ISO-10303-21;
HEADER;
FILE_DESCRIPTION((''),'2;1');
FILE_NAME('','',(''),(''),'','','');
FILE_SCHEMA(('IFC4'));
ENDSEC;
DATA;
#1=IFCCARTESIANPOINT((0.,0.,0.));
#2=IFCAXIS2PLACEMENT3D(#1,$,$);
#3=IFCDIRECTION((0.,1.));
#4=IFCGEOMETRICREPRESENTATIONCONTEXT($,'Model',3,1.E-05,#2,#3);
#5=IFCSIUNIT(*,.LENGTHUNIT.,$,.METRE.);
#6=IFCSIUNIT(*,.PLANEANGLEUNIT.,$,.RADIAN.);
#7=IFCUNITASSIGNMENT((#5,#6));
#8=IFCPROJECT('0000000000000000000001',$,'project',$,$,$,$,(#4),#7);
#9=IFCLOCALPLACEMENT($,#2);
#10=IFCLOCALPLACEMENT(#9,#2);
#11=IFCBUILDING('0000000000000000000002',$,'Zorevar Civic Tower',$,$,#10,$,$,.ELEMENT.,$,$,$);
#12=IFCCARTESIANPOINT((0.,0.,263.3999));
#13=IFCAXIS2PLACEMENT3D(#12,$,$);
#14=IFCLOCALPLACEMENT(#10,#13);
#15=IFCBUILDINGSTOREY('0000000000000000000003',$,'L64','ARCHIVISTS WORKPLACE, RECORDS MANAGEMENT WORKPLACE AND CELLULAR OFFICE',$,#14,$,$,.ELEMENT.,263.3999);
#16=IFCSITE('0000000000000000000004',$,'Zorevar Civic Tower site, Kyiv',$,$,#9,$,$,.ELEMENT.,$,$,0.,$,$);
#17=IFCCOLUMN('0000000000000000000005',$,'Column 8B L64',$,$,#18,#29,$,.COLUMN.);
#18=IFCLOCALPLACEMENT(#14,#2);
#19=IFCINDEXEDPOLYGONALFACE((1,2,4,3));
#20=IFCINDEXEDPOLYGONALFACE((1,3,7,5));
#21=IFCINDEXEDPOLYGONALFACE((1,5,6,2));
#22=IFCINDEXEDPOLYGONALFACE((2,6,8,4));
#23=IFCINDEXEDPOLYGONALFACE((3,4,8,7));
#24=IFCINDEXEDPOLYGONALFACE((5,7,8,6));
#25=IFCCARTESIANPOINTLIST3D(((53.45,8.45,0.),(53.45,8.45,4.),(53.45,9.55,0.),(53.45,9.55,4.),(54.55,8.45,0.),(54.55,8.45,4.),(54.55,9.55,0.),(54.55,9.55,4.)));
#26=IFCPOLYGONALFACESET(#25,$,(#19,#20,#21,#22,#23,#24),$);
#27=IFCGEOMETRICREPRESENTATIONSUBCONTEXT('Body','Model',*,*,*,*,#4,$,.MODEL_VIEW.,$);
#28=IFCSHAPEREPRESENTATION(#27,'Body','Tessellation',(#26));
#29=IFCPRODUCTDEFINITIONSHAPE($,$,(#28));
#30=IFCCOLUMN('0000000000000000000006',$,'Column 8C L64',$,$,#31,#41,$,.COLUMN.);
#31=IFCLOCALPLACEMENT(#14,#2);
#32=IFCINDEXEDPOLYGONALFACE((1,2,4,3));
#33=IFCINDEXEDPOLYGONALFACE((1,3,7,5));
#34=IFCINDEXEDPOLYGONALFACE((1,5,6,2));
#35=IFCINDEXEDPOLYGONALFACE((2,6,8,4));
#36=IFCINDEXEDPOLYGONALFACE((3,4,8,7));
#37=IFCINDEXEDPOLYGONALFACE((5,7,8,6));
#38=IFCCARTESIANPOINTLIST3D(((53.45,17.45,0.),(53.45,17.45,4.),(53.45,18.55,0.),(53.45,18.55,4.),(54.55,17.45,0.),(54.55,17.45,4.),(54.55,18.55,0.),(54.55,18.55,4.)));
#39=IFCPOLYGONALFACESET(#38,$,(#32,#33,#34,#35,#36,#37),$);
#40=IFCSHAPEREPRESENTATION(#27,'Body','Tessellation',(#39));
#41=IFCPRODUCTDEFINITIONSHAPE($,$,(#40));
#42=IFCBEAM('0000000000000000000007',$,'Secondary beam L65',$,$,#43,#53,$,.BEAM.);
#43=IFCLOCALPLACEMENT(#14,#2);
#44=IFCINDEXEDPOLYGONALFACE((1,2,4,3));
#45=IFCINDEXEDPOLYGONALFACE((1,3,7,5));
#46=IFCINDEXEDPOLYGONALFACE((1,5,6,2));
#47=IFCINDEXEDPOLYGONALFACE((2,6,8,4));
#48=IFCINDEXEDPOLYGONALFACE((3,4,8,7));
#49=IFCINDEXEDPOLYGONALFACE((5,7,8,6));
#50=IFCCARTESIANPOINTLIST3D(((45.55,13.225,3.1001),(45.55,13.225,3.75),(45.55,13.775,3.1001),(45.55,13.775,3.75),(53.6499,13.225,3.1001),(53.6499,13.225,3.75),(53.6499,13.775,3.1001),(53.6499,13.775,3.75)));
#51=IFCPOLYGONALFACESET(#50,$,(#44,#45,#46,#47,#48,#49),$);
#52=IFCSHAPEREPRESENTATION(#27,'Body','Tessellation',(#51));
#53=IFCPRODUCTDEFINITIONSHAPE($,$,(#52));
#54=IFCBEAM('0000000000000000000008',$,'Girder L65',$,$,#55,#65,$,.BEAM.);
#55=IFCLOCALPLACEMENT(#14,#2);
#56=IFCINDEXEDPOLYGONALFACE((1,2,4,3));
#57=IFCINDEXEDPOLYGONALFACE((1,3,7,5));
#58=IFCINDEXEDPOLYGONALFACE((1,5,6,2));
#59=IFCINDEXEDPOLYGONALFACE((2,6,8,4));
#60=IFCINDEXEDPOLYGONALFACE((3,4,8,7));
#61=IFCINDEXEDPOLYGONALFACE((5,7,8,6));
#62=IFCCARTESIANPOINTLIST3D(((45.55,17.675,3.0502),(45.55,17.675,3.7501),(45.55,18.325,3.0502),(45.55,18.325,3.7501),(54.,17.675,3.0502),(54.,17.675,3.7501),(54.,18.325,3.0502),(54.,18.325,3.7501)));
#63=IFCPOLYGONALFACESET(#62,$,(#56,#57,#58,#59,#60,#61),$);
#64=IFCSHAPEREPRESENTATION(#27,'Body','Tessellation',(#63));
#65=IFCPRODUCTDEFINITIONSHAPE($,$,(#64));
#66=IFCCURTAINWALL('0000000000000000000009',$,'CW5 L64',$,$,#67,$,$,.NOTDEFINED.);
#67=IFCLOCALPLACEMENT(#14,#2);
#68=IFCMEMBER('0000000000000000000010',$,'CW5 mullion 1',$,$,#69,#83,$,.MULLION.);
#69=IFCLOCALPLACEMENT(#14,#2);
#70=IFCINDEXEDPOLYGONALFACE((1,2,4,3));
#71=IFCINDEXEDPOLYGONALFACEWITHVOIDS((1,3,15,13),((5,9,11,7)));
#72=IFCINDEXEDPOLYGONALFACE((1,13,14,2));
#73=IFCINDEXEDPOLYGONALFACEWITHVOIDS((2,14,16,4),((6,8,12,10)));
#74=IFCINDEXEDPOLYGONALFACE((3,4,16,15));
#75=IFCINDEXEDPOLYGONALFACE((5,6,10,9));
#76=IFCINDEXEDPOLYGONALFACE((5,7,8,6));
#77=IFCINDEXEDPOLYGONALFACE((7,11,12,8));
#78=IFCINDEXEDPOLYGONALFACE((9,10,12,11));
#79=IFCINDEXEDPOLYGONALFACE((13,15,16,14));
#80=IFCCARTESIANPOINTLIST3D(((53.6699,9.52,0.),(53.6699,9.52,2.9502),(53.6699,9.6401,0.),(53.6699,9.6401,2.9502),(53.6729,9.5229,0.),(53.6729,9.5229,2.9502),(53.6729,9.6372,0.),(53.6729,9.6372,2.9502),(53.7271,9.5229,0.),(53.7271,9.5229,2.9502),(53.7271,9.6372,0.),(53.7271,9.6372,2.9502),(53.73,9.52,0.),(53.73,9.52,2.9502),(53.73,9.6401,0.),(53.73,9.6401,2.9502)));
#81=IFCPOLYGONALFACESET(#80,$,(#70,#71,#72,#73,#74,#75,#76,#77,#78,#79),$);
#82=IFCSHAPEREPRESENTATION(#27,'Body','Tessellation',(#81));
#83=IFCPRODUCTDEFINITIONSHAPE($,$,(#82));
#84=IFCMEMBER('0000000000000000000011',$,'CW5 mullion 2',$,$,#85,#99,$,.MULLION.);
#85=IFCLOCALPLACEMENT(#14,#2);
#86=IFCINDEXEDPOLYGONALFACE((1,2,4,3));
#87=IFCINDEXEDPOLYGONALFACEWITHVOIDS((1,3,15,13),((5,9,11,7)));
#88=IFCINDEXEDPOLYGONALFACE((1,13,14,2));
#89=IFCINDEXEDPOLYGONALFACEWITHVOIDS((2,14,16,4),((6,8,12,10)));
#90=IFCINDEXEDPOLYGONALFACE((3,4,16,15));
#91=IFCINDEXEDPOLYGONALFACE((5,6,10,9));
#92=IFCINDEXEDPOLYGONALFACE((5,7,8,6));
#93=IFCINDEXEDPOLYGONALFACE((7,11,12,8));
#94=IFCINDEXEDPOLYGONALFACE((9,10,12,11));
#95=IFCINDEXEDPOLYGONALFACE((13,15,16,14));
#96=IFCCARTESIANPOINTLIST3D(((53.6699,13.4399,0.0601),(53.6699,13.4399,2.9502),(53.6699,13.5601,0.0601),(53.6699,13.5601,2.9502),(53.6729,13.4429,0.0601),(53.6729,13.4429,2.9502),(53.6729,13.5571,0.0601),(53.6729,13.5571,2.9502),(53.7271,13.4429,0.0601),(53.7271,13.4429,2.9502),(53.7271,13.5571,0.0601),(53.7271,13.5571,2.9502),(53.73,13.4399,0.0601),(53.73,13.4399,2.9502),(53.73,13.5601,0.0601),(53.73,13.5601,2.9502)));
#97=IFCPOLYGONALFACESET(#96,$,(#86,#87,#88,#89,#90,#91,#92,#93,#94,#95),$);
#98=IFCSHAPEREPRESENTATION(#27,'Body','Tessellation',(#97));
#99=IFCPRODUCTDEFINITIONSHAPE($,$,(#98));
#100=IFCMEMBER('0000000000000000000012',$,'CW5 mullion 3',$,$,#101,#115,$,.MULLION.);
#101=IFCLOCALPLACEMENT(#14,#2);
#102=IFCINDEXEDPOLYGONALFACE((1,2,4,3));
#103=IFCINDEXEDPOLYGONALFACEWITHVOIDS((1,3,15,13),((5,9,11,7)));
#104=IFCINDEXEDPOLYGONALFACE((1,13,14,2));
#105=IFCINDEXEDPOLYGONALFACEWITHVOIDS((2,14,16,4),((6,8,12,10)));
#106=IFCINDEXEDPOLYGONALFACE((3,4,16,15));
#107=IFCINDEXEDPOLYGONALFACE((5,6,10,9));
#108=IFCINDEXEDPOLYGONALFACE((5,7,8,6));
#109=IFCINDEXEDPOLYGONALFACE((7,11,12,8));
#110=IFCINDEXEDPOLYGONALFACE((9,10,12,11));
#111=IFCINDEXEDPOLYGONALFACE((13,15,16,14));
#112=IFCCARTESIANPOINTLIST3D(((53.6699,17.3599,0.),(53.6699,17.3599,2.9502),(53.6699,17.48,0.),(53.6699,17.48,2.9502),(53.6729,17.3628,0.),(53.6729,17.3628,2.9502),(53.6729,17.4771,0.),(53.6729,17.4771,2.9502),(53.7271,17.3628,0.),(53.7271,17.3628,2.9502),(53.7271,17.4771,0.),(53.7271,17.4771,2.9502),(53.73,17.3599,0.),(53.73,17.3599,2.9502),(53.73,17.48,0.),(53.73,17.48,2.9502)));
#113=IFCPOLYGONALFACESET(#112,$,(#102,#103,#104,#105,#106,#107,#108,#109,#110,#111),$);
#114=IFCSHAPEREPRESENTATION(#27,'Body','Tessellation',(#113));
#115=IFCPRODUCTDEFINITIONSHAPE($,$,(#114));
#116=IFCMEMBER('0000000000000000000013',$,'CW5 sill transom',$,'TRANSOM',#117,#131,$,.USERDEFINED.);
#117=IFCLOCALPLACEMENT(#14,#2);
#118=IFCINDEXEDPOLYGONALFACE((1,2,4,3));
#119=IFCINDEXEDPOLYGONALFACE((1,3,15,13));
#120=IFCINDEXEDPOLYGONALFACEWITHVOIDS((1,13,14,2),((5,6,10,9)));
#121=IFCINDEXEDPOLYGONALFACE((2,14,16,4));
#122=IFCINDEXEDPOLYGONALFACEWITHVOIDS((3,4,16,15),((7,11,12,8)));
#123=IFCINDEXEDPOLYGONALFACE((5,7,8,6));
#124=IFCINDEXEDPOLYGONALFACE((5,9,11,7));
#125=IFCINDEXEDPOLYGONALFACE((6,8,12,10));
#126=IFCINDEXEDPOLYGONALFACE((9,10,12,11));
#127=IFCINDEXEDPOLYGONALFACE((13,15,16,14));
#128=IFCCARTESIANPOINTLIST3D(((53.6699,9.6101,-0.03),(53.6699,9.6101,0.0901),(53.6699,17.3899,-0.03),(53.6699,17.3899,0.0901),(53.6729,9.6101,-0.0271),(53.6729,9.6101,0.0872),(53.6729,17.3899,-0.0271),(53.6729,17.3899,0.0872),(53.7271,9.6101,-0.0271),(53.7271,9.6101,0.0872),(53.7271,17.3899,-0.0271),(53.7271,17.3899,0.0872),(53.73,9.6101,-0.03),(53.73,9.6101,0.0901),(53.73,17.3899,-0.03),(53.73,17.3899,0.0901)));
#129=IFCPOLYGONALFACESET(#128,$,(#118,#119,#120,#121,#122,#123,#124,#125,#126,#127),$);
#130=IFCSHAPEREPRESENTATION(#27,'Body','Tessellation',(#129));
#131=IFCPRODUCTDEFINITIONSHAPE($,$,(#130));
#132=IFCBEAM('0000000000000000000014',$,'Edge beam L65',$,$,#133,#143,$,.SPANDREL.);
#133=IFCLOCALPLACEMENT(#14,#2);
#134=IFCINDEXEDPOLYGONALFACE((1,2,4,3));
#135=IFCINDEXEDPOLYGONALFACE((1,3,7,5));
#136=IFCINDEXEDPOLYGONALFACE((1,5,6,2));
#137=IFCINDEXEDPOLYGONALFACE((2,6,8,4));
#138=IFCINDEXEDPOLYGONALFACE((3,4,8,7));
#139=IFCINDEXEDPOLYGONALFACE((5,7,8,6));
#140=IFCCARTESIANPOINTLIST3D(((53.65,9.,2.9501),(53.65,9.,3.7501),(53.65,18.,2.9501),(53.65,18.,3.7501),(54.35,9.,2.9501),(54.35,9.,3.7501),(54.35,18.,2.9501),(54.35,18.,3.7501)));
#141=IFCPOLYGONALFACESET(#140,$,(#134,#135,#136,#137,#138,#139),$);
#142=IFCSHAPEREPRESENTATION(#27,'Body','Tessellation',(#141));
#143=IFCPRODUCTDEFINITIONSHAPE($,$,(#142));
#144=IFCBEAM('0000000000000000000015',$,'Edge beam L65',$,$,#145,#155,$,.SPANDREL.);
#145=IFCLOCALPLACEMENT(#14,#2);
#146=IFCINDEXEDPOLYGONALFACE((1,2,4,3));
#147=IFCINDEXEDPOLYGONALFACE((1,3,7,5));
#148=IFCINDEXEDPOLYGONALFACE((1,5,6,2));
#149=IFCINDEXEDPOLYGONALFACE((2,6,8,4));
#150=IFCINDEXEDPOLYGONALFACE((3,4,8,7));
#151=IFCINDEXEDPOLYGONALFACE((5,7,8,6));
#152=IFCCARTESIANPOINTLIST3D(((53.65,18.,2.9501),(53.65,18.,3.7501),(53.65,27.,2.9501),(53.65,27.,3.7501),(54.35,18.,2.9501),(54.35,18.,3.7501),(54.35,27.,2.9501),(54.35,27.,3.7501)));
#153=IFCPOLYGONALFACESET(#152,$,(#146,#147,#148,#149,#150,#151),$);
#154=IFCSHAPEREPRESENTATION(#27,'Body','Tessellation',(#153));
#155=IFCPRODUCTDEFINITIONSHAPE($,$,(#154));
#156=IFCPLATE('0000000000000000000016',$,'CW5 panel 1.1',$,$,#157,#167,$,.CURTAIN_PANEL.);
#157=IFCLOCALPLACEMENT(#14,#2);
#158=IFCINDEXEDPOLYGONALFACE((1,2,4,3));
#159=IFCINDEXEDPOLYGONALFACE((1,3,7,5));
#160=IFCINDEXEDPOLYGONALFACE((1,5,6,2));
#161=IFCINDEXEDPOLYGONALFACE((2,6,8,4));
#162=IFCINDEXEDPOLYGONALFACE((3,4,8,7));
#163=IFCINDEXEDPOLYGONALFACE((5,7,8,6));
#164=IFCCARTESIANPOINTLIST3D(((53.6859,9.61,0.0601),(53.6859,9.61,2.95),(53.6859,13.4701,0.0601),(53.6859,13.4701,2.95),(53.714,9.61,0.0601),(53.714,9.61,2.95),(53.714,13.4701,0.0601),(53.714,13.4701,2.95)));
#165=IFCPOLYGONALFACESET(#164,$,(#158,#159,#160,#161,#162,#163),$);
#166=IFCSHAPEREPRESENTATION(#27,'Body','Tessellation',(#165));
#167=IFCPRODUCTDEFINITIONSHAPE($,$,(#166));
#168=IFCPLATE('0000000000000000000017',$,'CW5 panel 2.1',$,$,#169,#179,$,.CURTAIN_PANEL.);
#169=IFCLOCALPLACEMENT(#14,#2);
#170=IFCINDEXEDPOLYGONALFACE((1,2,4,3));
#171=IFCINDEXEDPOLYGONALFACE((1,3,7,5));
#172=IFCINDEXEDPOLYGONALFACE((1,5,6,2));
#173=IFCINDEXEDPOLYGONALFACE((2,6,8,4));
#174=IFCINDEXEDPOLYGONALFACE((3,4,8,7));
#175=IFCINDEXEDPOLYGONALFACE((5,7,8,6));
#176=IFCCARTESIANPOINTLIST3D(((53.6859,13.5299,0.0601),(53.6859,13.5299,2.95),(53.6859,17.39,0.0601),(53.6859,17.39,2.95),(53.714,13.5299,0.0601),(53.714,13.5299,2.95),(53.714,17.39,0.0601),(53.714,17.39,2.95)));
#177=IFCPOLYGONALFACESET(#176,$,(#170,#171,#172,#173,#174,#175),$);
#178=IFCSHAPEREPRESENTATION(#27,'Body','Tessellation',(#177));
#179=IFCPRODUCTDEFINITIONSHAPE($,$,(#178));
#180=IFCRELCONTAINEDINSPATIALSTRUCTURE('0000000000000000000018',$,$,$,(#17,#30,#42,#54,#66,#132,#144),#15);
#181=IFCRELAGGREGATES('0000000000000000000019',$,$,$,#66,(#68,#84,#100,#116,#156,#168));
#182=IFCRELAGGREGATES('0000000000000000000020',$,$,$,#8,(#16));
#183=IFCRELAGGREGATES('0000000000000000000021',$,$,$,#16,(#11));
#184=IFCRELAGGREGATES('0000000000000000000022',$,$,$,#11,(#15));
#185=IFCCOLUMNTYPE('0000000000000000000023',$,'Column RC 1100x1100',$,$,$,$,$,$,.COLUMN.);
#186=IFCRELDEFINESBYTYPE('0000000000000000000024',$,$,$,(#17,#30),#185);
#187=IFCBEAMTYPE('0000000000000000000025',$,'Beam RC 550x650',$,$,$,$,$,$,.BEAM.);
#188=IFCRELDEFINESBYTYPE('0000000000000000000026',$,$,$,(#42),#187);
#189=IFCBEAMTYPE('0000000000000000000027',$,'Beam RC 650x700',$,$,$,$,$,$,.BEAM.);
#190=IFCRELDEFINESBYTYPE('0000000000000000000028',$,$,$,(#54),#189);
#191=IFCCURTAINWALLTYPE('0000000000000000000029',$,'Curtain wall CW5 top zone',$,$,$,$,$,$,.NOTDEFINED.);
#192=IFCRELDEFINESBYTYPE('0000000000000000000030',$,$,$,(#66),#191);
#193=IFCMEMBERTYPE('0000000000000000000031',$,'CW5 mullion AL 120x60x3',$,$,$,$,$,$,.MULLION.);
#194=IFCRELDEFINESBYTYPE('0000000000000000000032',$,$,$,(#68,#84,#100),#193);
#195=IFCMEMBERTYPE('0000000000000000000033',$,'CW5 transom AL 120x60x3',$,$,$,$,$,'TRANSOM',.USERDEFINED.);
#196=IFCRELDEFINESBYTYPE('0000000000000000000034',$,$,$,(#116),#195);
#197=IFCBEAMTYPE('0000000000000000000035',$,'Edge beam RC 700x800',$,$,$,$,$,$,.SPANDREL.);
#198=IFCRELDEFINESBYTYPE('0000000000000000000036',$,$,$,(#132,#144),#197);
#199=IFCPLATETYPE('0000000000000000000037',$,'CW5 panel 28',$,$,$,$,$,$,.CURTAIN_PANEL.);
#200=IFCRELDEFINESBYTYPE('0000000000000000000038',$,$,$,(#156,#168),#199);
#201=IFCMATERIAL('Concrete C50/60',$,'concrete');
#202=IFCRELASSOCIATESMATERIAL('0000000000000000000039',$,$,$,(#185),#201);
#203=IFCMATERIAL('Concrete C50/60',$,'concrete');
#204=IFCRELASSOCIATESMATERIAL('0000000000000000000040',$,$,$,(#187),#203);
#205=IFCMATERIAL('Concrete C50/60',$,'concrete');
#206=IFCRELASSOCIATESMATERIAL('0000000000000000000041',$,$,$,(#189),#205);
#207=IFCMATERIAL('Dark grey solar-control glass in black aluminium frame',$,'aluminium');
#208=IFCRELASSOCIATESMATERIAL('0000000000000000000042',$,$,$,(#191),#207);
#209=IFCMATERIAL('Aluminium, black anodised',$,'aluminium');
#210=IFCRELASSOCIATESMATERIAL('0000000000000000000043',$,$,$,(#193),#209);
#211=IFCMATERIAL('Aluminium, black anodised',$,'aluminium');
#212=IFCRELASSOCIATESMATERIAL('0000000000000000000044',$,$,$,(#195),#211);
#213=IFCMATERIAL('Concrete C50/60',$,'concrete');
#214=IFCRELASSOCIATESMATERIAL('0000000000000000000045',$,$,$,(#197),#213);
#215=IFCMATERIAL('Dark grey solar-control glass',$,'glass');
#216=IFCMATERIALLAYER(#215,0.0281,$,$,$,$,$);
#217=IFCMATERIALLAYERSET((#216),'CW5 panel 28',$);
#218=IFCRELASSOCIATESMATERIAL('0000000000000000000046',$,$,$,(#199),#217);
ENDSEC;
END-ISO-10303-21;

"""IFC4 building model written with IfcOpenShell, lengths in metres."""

from ifc_helpers import new_model, si_unit, direction, frame, origin, origin_2d, place, context, subcontext, project, spatial, rectangle, hollow_rectangle, extrude, material, layer, layer_set, material_profile, profile_set, type_object, element, aggregate, save


model = new_model("IFC4")

# Units and contexts
model_context = context("Model", 3, precision=1e-05, world=origin(), true_north=direction((0.0, 1.0)))
body_context = subcontext(model_context, "Body", "Model", "MODEL_VIEW")
ifc_project = project(units=[si_unit("LENGTHUNIT", "METRE"), si_unit("PLANEANGLEUNIT", "RADIAN")], contexts=[model_context])

# Site, building, storey
site_placement = place(None, origin())
site = spatial("IfcSite", under=ifc_project, at=site_placement, Name="Zorevar Civic Tower site, Kyiv", CompositionType="ELEMENT", RefElevation=0.0)
building_placement = place(site_placement, origin())
building = spatial("IfcBuilding", under=site, at=building_placement, Name="Zorevar Civic Tower", CompositionType="ELEMENT")
storey_placement = place(building_placement, frame((0.0, 0.0, 263.3999)))
storey = spatial("IfcBuildingStorey", under=building, at=storey_placement, Name="L64", Description="ARCHIVISTS WORKPLACE, RECORDS MANAGEMENT WORKPLACE AND CELLULAR OFFICE", CompositionType="ELEMENT", Elevation=263.3999)

# Columns
ifc_material_1 = material(Name="Concrete C50/60", Category="concrete")
ifc_material_profile_1 = material_profile(ifc_material_1, rectangle(XDim=1.1001, YDim=1.1001, at=origin_2d()), Name="RC 1100x1100")
ifc_profile_set_1 = profile_set([ifc_material_profile_1], Name="Concrete C50/60")
column_type = type_object("IfcColumnType", Name="Column RC 1100x1100", PredefinedType="COLUMN", material=ifc_profile_set_1)
for number, where, z_axis, x_axis, name in (
    (1, (54.0, 9.0, 0.0), (0.0, 0.0, 1.0), (1.0, 0.0, 0.0), "Column 8B L64"),
    (2, (54.0, 18.0, 0.0), (0.0, 0.0, 1.0), (1.0, 0.0, 0.0), "Column 8C L64"),
):
    element("IfcColumn", number, at=place(storey_placement, frame(where, z_axis=z_axis, x_axis=x_axis)), inside=storey, type_object=column_type, Name=name, PredefinedType="COLUMN", context=body_context, shape_type="SweptSolid", body=[
        extrude(rectangle(XDim=1.1001, YDim=1.1001, at=origin_2d()), origin(), (0.0, 0.0, 1.0), 4.0),
    ])

# Beams
ifc_material_2 = material(Name="Concrete C50/60", Category="concrete")
ifc_material_profile_2 = material_profile(ifc_material_2, rectangle(XDim=0.55, YDim=0.6499, at=origin_2d()), Name="RC 550x650")
ifc_profile_set_2 = profile_set([ifc_material_profile_2], Name="Concrete C50/60")
beam_type_1 = type_object("IfcBeamType", Name="Beam RC 550x650", PredefinedType="BEAM", material=ifc_profile_set_2)
beam_1_placement = place(storey_placement, frame((45.55, 13.5, 3.425), z_axis=(1.0, 0.0, 0.0), x_axis=(0.0, 1.0, 0.0)))
element("IfcBeam", 3, at=beam_1_placement, inside=storey, type_object=beam_type_1, Name="Secondary beam L65", PredefinedType="BEAM", context=body_context, shape_type="SweptSolid", body=[
    extrude(rectangle(XDim=0.55, YDim=0.6499, at=origin_2d()), origin(), (0.0, 0.0, 1.0), 8.0999),
])
ifc_material_3 = material(Name="Concrete C50/60", Category="concrete")
ifc_material_profile_3 = material_profile(ifc_material_3, rectangle(XDim=0.6499, YDim=0.7, at=origin_2d()), Name="RC 650x700")
ifc_profile_set_3 = profile_set([ifc_material_profile_3], Name="Concrete C50/60")
beam_type_2 = type_object("IfcBeamType", Name="Beam RC 650x700", PredefinedType="BEAM", material=ifc_profile_set_3)
beam_2_placement = place(storey_placement, frame((45.55, 18.0, 3.4001), z_axis=(1.0, 0.0, 0.0), x_axis=(0.0, 1.0, 0.0)))
element("IfcBeam", 4, at=beam_2_placement, inside=storey, type_object=beam_type_2, Name="Girder L65", PredefinedType="BEAM", context=body_context, shape_type="SweptSolid", body=[
    extrude(rectangle(XDim=0.6499, YDim=0.7, at=origin_2d()), origin(), (0.0, 0.0, 1.0), 8.45),
])

# Curtain wall, members
ifc_material_4 = material(Name="Dark grey solar-control glass in black aluminium frame", Category="aluminium")
curtain_wall_type = type_object("IfcCurtainWallType", Name="Curtain wall CW5 top zone", PredefinedType="NOTDEFINED", material=ifc_material_4)
curtain_wall_placement = place(storey_placement, origin())
curtain_wall = element("IfcCurtainWall", 5, at=curtain_wall_placement, inside=storey, type_object=curtain_wall_type, Name="CW5 L64", PredefinedType="NOTDEFINED")
ifc_material_5 = material(Name="Aluminium, black anodised", Category="aluminium")
ifc_material_profile_4 = material_profile(ifc_material_5, hollow_rectangle(XDim=0.0601, YDim=0.1201, WallThickness=0.0029, at=origin_2d()), Name="AL 120x60x3")
ifc_profile_set_4 = profile_set([ifc_material_profile_4], Name="Aluminium, black anodised")
member_type_1 = type_object("IfcMemberType", Name="CW5 mullion AL 120x60x3", PredefinedType="MULLION", material=ifc_profile_set_4)
member_1_placement = place(storey_placement, frame((53.7, 9.5801, 0.0), z_axis=(0.0, 0.0, 1.0), x_axis=(-1.0, 0.0, 0.0)))
member_1 = element("IfcMember", 6, at=member_1_placement, type_object=member_type_1, Name="CW5 mullion 1", PredefinedType="MULLION", context=body_context, shape_type="SweptSolid", body=[
    extrude(hollow_rectangle(XDim=0.0601, YDim=0.1201, WallThickness=0.0029, at=origin_2d()), origin(), (0.0, 0.0, 1.0), 2.9502),
])
member_2_placement = place(storey_placement, frame((53.7, 13.5, 0.0601), z_axis=(0.0, 0.0, 1.0), x_axis=(-1.0, 0.0, 0.0)))
member_2 = element("IfcMember", 7, at=member_2_placement, type_object=member_type_1, Name="CW5 mullion 2", PredefinedType="MULLION", context=body_context, shape_type="SweptSolid", body=[
    extrude(hollow_rectangle(XDim=0.0601, YDim=0.1201, WallThickness=0.0029, at=origin_2d()), origin(), (0.0, 0.0, 1.0), 2.8901),
])
member_3_placement = place(storey_placement, frame((53.7, 17.4199, 0.0), z_axis=(0.0, 0.0, 1.0), x_axis=(-1.0, 0.0, 0.0)))
member_3 = element("IfcMember", 8, at=member_3_placement, type_object=member_type_1, Name="CW5 mullion 3", PredefinedType="MULLION", context=body_context, shape_type="SweptSolid", body=[
    extrude(hollow_rectangle(XDim=0.0601, YDim=0.1201, WallThickness=0.0029, at=origin_2d()), origin(), (0.0, 0.0, 1.0), 2.9502),
])
ifc_material_6 = material(Name="Aluminium, black anodised", Category="aluminium")
ifc_material_profile_5 = material_profile(ifc_material_6, hollow_rectangle(XDim=0.0601, YDim=0.1201, WallThickness=0.0029, at=origin_2d()), Name="AL 120x60x3")
ifc_profile_set_5 = profile_set([ifc_material_profile_5], Name="Aluminium, black anodised")
member_type_2 = type_object("IfcMemberType", Name="CW5 transom AL 120x60x3", ElementType="TRANSOM", PredefinedType="USERDEFINED", material=ifc_profile_set_5)
member_4_placement = place(storey_placement, frame((53.7, 9.6101, 0.03), z_axis=(0.0, 1.0, 0.0), x_axis=(-1.0, 0.0, 0.0)))
member_4 = element("IfcMember", 9, at=member_4_placement, type_object=member_type_2, Name="CW5 sill transom", ObjectType="TRANSOM", PredefinedType="USERDEFINED", context=body_context, shape_type="SweptSolid", body=[
    extrude(hollow_rectangle(XDim=0.0601, YDim=0.1201, WallThickness=0.0029, at=origin_2d()), origin(), (0.0, 0.0, 1.0), 7.7798),
])

# Beams
ifc_material_7 = material(Name="Concrete C50/60", Category="concrete")
ifc_material_profile_6 = material_profile(ifc_material_7, rectangle(XDim=0.7, YDim=0.8, at=origin_2d()), Name="RC 700x800")
ifc_profile_set_6 = profile_set([ifc_material_profile_6], Name="Concrete C50/60")
beam_type_3 = type_object("IfcBeamType", Name="Edge beam RC 700x800", PredefinedType="SPANDREL", material=ifc_profile_set_6)
for number, where, z_axis, x_axis, name in (
    (10, (54.0, 9.0, 3.3501), (0.0, 1.0, 0.0), (-1.0, 0.0, 0.0), "Edge beam L65"),
    (11, (54.0, 18.0, 3.3501), (0.0, 1.0, 0.0), (-1.0, 0.0, 0.0), "Edge beam L65"),
):
    element("IfcBeam", number, at=place(storey_placement, frame(where, z_axis=z_axis, x_axis=x_axis)), inside=storey, type_object=beam_type_3, Name=name, PredefinedType="SPANDREL", context=body_context, shape_type="SweptSolid", body=[
        extrude(rectangle(XDim=0.7, YDim=0.8, at=origin_2d()), origin(), (0.0, 0.0, 1.0), 9.0),
    ])

# Plates
ifc_material_8 = material(Name="Dark grey solar-control glass", Category="glass")
ifc_layer_1 = layer(ifc_material_8, 0.0281)
ifc_layer_set_1 = layer_set([ifc_layer_1], Name="CW5 panel 28")
plate_type = type_object("IfcPlateType", Name="CW5 panel 28", PredefinedType="CURTAIN_PANEL", material=ifc_layer_set_1)
plate_1_placement = place(storey_placement, frame((53.7, 11.54, 0.0601), z_axis=(0.0, 0.0, 1.0), x_axis=(0.0, 1.0, 0.0)))
plate_1 = element("IfcPlate", 12, at=plate_1_placement, type_object=plate_type, Name="CW5 panel 1.1", PredefinedType="CURTAIN_PANEL", context=body_context, shape_type="SweptSolid", body=[
    extrude(rectangle(XDim=3.8601, YDim=0.0281, at=origin_2d()), origin(), (0.0, 0.0, 1.0), 2.8899),
])
plate_2_placement = place(storey_placement, frame((53.7, 15.46, 0.0601), z_axis=(0.0, 0.0, 1.0), x_axis=(0.0, 1.0, 0.0)))
plate_2 = element("IfcPlate", 13, at=plate_2_placement, type_object=plate_type, Name="CW5 panel 2.1", PredefinedType="CURTAIN_PANEL", context=body_context, shape_type="SweptSolid", body=[
    extrude(rectangle(XDim=3.8601, YDim=0.0281, at=origin_2d()), origin(), (0.0, 0.0, 1.0), 2.8899),
])
aggregate(curtain_wall, [member_1, member_2, member_3, member_4, plate_1, plate_2])

save(model, "model.ifc")
